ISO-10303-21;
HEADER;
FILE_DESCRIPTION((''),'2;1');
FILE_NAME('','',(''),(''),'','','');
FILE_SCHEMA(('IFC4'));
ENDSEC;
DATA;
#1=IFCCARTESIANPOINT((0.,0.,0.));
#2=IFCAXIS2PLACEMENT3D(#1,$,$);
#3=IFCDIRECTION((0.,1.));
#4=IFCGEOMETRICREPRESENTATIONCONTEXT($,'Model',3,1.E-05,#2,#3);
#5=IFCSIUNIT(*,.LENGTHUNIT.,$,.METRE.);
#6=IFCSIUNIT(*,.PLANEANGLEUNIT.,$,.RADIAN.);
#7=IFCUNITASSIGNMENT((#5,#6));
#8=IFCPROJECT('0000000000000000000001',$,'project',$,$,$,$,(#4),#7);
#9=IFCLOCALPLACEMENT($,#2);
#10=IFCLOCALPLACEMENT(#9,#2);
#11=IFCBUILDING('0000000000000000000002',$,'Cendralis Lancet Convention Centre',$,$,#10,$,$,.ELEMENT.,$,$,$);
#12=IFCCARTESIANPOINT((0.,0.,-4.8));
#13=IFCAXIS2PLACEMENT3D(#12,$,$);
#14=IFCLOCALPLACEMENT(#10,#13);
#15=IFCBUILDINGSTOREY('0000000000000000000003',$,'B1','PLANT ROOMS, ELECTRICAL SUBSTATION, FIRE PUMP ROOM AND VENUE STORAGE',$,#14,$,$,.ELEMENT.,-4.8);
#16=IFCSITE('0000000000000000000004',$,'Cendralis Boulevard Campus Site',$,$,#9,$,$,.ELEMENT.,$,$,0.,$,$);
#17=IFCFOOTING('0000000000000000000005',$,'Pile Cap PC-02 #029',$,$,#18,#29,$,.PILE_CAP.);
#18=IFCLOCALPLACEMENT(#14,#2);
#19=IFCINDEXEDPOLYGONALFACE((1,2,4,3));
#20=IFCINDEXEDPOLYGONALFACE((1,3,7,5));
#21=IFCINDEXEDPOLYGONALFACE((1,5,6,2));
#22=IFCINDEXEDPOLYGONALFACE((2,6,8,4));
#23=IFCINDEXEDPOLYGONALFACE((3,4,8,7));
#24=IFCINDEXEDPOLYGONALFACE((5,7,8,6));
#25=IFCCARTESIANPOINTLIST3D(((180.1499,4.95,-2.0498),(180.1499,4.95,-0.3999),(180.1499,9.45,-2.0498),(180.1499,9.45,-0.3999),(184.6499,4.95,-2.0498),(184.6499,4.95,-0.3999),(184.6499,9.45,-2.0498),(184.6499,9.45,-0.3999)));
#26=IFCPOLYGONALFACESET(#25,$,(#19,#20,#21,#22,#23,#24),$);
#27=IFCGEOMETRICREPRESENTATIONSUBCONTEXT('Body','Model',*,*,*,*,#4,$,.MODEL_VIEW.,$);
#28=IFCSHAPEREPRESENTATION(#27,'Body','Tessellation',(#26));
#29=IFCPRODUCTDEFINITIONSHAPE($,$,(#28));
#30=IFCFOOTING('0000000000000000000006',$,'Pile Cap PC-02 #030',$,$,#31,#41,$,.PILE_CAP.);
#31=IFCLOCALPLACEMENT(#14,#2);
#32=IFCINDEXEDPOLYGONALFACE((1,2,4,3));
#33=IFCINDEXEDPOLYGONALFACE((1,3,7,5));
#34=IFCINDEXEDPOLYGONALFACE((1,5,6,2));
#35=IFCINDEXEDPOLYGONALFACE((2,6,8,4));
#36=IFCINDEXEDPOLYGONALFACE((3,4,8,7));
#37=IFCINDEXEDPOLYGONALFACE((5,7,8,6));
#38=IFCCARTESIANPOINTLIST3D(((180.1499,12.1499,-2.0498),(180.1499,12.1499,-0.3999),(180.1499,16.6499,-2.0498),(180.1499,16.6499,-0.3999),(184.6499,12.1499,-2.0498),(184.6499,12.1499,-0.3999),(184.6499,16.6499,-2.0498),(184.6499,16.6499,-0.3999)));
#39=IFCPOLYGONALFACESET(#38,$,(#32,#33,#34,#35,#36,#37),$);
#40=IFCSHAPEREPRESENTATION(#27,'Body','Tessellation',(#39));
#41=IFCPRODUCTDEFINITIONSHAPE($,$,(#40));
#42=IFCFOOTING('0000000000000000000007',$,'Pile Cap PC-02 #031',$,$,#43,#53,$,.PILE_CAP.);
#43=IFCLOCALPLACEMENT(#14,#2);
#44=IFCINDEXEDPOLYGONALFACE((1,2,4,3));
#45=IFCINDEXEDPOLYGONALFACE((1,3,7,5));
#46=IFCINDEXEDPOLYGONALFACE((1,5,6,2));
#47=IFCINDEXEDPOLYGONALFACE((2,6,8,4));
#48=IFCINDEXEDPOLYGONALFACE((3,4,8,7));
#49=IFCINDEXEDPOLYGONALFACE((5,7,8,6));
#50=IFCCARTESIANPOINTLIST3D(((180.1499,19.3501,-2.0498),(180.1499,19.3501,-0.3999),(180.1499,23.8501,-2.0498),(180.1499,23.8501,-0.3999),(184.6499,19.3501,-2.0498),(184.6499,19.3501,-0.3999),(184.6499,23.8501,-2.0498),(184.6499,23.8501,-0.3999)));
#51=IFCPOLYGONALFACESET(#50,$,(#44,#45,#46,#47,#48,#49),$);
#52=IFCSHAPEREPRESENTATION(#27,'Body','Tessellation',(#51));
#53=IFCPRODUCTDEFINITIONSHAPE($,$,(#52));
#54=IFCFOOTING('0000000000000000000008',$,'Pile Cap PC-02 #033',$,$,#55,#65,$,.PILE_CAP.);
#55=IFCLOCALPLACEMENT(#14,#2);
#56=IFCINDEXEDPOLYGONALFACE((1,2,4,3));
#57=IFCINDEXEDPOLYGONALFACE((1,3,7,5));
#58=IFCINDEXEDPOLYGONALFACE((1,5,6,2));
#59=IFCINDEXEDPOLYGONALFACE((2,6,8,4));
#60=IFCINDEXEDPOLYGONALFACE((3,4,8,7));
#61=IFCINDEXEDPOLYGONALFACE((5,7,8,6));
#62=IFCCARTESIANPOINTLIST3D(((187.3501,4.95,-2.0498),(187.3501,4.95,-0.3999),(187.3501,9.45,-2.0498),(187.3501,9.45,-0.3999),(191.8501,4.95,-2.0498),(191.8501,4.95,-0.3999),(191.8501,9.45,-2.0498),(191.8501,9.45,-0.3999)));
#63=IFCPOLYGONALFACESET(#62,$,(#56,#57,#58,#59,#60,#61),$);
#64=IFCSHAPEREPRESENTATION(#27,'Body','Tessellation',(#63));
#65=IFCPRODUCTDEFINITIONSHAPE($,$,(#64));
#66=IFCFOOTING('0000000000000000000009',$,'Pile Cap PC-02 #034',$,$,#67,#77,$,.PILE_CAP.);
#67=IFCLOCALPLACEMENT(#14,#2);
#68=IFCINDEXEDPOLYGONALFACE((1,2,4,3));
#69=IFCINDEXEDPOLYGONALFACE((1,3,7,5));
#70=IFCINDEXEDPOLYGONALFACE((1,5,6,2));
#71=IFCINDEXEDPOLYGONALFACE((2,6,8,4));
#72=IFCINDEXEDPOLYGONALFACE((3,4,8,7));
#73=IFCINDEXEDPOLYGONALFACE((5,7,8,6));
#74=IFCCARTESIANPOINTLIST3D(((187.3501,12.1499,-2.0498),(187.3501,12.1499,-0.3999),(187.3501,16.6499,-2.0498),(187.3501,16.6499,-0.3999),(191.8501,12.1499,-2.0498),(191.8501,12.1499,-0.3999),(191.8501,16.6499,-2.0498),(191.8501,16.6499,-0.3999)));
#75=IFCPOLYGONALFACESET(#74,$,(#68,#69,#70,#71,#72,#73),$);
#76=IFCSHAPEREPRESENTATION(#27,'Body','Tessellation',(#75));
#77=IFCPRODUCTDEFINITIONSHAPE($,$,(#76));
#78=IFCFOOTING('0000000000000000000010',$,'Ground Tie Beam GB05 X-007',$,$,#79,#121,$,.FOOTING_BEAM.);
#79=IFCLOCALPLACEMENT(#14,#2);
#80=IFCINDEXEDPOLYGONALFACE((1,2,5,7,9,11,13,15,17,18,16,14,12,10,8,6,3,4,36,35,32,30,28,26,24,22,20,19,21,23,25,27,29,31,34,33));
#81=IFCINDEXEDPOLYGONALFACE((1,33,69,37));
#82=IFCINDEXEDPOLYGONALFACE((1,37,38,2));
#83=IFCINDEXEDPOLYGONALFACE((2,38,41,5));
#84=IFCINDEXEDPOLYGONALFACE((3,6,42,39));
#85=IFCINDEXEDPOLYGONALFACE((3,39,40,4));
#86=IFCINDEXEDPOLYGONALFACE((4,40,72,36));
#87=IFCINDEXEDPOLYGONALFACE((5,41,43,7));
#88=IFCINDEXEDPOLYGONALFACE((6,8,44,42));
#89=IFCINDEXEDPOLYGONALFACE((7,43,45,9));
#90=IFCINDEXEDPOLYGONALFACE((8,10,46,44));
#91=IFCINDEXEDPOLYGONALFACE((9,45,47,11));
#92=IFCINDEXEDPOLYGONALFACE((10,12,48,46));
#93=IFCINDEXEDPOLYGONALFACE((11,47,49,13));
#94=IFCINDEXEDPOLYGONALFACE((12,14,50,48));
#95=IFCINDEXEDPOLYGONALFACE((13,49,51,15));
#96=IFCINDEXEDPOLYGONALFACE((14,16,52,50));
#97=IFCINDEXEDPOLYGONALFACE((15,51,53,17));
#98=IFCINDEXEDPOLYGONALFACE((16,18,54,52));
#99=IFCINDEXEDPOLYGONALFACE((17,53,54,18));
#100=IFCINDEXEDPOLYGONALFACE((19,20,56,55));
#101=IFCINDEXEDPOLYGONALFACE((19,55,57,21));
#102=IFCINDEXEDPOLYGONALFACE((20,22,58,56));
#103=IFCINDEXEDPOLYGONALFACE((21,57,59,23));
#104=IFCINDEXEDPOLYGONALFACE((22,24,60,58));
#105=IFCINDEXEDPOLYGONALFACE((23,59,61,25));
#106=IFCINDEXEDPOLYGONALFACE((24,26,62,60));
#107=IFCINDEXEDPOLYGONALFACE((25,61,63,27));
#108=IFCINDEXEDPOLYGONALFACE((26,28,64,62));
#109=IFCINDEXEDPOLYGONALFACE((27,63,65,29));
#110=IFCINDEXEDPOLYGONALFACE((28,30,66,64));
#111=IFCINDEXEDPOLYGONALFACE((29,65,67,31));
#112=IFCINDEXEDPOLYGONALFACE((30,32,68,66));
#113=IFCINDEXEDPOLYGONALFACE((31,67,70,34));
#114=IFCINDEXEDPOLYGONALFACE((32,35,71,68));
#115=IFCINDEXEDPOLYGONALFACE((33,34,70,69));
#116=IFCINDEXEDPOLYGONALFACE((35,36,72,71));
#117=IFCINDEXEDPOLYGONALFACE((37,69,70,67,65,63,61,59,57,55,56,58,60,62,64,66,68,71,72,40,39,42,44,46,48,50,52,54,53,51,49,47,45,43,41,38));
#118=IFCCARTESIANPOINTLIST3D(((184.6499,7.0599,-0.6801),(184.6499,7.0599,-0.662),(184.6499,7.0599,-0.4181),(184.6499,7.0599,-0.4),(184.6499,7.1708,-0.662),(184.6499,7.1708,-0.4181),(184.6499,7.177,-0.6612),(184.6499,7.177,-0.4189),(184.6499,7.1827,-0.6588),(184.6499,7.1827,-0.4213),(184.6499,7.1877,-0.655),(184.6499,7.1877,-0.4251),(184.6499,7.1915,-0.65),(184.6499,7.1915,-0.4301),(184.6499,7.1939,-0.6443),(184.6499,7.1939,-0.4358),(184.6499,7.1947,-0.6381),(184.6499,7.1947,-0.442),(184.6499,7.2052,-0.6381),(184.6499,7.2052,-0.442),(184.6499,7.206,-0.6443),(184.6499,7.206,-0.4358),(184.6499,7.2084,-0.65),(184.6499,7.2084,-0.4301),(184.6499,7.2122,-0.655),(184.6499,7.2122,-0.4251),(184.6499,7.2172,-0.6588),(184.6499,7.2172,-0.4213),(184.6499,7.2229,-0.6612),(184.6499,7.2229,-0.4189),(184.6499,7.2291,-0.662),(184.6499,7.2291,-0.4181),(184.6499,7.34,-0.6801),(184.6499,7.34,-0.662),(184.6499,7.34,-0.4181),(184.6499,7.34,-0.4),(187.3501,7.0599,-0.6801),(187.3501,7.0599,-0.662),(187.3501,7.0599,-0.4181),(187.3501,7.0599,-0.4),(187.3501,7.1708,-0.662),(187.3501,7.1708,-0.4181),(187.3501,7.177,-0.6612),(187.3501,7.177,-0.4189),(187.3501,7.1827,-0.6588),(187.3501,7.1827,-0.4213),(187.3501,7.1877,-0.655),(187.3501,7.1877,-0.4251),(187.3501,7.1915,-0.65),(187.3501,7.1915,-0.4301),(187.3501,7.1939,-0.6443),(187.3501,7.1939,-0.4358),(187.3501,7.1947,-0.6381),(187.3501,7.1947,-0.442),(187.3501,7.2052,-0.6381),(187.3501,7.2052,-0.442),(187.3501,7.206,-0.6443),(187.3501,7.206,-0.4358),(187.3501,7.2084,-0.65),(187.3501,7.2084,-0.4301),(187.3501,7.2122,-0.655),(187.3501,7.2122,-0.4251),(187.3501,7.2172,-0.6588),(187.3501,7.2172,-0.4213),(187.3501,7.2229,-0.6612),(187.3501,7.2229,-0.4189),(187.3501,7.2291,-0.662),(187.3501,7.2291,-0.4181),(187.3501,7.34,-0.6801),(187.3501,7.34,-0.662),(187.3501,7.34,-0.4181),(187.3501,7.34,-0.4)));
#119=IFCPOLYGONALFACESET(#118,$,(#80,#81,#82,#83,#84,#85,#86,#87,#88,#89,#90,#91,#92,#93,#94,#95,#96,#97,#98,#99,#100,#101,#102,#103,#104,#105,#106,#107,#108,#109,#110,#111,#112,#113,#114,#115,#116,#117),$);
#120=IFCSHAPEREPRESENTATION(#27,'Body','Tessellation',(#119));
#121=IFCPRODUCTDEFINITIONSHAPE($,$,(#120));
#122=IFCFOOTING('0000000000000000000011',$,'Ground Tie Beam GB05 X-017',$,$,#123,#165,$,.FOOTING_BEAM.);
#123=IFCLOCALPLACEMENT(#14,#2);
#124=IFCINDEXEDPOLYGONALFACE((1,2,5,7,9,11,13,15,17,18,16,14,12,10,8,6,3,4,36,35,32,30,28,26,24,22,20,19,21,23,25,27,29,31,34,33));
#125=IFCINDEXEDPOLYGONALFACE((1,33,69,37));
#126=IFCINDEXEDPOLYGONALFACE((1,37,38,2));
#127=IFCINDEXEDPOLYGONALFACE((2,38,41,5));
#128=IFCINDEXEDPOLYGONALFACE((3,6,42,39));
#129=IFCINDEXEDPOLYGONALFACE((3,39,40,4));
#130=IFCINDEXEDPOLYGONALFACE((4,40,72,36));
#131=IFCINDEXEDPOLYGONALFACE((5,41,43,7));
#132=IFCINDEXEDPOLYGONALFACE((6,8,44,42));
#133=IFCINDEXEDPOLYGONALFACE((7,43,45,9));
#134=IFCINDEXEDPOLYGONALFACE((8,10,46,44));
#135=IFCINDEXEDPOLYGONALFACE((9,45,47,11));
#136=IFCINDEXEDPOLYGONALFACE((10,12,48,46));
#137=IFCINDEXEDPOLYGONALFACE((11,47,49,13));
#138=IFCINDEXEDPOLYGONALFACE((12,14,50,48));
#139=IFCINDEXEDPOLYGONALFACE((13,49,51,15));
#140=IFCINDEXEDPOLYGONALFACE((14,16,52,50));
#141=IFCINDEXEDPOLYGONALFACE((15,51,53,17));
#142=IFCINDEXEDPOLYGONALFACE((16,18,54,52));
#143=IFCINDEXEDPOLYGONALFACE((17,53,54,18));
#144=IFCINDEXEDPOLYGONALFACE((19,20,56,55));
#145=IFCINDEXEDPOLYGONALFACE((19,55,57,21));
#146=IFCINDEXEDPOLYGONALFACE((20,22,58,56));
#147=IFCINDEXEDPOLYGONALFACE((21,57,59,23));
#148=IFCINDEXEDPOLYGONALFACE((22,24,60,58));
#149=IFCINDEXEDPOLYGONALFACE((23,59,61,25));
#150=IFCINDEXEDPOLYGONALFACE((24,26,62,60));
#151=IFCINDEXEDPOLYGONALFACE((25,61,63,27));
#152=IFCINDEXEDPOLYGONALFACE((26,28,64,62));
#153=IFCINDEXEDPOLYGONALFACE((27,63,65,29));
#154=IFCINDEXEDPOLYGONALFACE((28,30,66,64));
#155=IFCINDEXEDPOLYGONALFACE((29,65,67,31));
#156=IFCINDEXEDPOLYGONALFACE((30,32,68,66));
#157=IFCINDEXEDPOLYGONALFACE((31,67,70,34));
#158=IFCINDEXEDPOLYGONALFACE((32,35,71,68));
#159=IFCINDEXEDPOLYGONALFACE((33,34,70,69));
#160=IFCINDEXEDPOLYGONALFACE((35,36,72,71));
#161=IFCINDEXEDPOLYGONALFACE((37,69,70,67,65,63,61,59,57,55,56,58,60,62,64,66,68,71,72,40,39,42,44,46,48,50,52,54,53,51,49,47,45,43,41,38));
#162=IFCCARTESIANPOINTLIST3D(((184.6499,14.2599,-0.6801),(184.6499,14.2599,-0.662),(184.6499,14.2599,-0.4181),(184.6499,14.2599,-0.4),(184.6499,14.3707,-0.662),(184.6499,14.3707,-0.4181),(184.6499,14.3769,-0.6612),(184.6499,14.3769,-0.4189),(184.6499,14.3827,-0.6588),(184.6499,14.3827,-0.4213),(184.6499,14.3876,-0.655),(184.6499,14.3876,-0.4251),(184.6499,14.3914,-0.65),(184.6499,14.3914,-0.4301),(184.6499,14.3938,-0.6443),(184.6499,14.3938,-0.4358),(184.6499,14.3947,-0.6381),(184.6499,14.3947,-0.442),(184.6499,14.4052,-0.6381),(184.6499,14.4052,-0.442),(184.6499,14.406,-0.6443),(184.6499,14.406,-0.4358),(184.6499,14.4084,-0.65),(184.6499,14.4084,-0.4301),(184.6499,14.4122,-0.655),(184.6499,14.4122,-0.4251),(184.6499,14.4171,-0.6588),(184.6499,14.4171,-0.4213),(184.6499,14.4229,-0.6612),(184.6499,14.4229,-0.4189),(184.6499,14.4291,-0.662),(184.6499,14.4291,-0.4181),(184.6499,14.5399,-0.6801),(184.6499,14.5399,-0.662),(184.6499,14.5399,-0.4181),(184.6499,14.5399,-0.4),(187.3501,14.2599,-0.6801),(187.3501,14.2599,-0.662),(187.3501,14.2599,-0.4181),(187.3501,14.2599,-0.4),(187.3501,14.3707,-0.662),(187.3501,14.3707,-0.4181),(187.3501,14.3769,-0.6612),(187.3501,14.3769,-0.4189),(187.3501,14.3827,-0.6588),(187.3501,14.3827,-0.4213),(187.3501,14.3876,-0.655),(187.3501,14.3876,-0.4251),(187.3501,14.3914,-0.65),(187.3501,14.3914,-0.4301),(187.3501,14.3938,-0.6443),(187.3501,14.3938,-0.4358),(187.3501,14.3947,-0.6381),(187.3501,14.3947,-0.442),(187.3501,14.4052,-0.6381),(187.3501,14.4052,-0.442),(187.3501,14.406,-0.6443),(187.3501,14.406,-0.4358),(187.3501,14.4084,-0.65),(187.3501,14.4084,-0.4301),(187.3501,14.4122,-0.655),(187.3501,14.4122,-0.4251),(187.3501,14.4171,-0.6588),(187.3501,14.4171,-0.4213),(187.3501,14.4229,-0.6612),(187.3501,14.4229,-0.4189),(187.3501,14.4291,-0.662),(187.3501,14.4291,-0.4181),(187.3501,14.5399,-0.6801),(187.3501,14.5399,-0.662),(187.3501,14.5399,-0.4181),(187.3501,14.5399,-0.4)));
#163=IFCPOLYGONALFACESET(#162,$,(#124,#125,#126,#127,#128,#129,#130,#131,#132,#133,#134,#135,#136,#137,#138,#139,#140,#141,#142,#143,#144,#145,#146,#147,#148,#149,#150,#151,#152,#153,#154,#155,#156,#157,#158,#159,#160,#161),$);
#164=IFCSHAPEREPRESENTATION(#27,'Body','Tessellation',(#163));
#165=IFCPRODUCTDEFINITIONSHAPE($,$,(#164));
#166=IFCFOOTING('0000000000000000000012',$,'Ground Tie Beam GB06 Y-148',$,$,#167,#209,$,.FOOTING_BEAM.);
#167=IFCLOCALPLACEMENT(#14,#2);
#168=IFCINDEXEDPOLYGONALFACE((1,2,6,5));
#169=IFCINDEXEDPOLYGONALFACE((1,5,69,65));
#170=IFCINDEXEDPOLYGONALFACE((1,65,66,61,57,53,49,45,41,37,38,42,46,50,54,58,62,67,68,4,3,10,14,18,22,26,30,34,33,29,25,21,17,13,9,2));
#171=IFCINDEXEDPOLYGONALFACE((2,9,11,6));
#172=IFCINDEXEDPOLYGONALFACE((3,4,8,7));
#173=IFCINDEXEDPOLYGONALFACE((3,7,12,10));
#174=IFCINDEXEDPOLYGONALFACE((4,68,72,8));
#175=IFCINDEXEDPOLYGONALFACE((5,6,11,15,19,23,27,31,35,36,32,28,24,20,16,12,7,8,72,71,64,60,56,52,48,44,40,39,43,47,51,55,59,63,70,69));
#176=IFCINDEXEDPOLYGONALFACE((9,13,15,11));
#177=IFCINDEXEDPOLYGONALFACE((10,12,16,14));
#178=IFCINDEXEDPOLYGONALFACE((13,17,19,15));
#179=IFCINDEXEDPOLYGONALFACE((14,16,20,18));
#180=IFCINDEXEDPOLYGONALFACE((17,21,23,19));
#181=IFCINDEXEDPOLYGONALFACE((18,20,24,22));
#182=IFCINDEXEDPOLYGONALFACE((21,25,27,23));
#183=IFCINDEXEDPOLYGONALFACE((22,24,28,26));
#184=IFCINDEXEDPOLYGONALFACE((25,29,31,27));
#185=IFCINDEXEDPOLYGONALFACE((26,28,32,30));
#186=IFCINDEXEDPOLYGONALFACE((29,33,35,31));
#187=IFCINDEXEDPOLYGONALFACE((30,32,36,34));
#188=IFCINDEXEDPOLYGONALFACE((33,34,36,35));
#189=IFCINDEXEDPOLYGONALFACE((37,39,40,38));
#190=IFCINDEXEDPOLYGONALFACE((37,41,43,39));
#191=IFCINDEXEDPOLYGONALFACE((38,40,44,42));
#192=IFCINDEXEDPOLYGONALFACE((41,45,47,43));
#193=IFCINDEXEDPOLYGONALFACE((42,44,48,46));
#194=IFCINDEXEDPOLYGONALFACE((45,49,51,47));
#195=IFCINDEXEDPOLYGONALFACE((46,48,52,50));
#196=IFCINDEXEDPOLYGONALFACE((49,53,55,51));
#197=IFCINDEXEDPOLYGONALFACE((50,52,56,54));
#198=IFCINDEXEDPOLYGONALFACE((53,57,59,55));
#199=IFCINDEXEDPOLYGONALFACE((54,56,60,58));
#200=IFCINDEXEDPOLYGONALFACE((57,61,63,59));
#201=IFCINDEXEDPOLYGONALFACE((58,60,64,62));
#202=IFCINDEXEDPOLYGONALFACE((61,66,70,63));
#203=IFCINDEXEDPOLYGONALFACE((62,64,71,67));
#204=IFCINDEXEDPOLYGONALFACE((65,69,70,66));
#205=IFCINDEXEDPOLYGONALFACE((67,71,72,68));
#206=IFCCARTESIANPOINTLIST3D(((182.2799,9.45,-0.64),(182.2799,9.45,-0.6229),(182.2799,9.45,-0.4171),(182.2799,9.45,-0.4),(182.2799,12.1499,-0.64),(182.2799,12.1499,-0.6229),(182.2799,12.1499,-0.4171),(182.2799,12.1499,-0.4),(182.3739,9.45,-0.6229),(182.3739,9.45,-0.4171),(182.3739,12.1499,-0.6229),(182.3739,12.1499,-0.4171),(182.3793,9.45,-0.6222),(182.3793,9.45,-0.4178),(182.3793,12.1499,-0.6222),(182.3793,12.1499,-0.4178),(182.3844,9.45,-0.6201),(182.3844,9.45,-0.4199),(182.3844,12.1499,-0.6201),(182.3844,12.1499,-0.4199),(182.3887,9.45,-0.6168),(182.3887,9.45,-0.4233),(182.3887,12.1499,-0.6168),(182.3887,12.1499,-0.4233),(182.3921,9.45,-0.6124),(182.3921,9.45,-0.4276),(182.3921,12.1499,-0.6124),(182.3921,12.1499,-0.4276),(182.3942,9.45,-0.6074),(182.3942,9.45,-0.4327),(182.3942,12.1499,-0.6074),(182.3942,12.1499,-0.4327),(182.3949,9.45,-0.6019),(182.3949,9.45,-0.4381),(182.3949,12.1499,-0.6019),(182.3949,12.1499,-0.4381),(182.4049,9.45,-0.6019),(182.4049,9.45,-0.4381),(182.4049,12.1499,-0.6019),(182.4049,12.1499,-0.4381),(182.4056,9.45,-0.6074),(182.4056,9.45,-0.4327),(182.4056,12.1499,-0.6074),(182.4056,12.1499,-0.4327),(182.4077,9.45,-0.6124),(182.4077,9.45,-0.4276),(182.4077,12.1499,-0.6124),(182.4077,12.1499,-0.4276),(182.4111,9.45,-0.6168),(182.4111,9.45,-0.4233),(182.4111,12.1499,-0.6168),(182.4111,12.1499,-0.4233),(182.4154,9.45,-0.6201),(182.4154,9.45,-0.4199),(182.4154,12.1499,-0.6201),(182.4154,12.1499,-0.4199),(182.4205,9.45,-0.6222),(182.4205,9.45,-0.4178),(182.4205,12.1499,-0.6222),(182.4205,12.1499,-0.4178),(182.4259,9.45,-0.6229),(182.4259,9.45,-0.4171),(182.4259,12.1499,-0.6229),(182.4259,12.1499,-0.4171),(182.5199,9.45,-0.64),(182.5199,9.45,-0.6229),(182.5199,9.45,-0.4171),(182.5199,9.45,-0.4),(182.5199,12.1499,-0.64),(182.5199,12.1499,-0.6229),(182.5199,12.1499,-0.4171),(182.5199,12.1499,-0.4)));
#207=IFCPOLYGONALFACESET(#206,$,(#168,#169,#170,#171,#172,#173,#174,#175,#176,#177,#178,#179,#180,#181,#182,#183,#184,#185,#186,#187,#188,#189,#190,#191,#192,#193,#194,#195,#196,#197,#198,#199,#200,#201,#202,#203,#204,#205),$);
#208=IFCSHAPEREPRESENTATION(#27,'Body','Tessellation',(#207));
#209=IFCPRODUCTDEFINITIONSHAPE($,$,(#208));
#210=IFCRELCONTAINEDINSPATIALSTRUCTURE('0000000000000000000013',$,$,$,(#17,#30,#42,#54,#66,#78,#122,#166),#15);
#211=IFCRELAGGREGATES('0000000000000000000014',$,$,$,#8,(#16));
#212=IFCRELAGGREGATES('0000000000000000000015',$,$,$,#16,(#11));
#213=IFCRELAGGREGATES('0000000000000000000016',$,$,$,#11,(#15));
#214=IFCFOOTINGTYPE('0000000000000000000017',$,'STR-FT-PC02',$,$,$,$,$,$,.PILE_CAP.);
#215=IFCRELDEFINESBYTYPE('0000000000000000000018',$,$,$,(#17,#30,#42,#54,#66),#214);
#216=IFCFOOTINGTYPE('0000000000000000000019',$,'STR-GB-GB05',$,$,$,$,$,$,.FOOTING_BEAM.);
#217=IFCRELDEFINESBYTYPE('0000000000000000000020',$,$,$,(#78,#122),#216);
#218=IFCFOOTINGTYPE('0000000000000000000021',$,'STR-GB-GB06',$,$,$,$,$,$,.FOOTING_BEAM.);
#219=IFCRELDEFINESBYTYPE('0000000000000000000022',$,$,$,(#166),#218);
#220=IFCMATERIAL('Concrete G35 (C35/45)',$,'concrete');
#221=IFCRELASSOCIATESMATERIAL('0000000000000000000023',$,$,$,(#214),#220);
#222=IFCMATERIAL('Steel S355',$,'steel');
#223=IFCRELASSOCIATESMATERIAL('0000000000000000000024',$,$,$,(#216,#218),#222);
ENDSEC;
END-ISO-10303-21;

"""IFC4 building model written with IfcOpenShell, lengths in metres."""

from ifc_helpers import new_model, si_unit, direction, frame, origin, origin_2d, place, context, subcontext, project, spatial, rectangle, i_section, extrude, material, material_profile, profile_set, type_object, element, save


model = new_model("IFC4")

# Units and contexts
model_context = context("Model", 3, precision=1e-05, world=origin(), true_north=direction((0.0, 1.0)))
body_context = subcontext(model_context, "Body", "Model", "MODEL_VIEW")
ifc_project = project(units=[si_unit("LENGTHUNIT", "METRE"), si_unit("PLANEANGLEUNIT", "RADIAN")], contexts=[model_context])

# Site, building, storey
site_placement = place(None, origin())
site = spatial("IfcSite", under=ifc_project, at=site_placement, Name="Cendralis Boulevard Campus Site", CompositionType="ELEMENT", RefElevation=0.0)
building_placement = place(site_placement, origin())
building = spatial("IfcBuilding", under=site, at=building_placement, Name="Cendralis Lancet Convention Centre", CompositionType="ELEMENT")
storey_placement = place(building_placement, frame((0.0, 0.0, -4.8)))
storey = spatial("IfcBuildingStorey", under=building, at=storey_placement, Name="B1", Description="PLANT ROOMS, ELECTRICAL SUBSTATION, FIRE PUMP ROOM AND VENUE STORAGE", CompositionType="ELEMENT", Elevation=-4.8)

# Footings
ifc_material_1 = material(Name="Concrete G35 (C35/45)", Category="concrete")
footing_type_1 = type_object("IfcFootingType", Name="STR-FT-PC02", PredefinedType="PILE_CAP", material=ifc_material_1)
for number, where, z_axis, x_axis, name in (
    (1, (182.3999, 7.2, -2.0498), (0.0, 0.0, 1.0), (1.0, 0.0, 0.0), "Pile Cap PC-02 #029"),
    (2, (182.3999, 14.3999, -2.0498), (0.0, 0.0, 1.0), (1.0, 0.0, 0.0), "Pile Cap PC-02 #030"),
    (3, (182.3999, 21.6001, -2.0498), (0.0, 0.0, 1.0), (1.0, 0.0, 0.0), "Pile Cap PC-02 #031"),
    (4, (189.6001, 7.2, -2.0498), (0.0, 0.0, 1.0), (1.0, 0.0, 0.0), "Pile Cap PC-02 #033"),
    (5, (189.6001, 14.3999, -2.0498), (0.0, 0.0, 1.0), (1.0, 0.0, 0.0), "Pile Cap PC-02 #034"),
):
    element("IfcFooting", number, at=place(storey_placement, frame(where, z_axis=z_axis, x_axis=x_axis)), inside=storey, type_object=footing_type_1, Name=name, PredefinedType="PILE_CAP", context=body_context, shape_type="SweptSolid", body=[
        extrude(rectangle(XDim=4.5, YDim=4.5, at=origin_2d()), origin(), (0.0, 0.0, 1.0), 1.6499),
    ])
ifc_material_2 = material(Name="Steel S355", Category="steel")
ifc_material_profile_1 = material_profile(ifc_material_2, i_section(OverallWidth=0.28, OverallDepth=0.28, WebThickness=0.0105, FlangeThickness=0.0181, FilletRadius=0.0239, at=origin_2d()), Name="HEB 280")
ifc_profile_set_1 = profile_set([ifc_material_profile_1], Name="Steel S355")
footing_type_2 = type_object("IfcFootingType", Name="STR-GB-GB05", PredefinedType="FOOTING_BEAM", material=ifc_profile_set_1)
for number, where, z_axis, x_axis, name in (
    (6, (184.6499, 7.2, -0.54), (1.0, 0.0, 0.0), (0.0, 1.0, 0.0), "Ground Tie Beam GB05 X-007"),
    (7, (184.6499, 14.3999, -0.54), (1.0, 0.0, 0.0), (0.0, 1.0, 0.0), "Ground Tie Beam GB05 X-017"),
):
    element("IfcFooting", number, at=place(storey_placement, frame(where, z_axis=z_axis, x_axis=x_axis)), inside=storey, type_object=footing_type_2, Name=name, PredefinedType="FOOTING_BEAM", context=body_context, shape_type="SweptSolid", body=[
        extrude(i_section(OverallWidth=0.28, OverallDepth=0.28, WebThickness=0.0105, FlangeThickness=0.0181, FilletRadius=0.0239, at=origin_2d()), origin(), (0.0, 0.0, 1.0), 2.7002),
    ])
ifc_material_profile_2 = material_profile(ifc_material_2, i_section(OverallWidth=0.24, OverallDepth=0.24, WebThickness=0.01, FlangeThickness=0.0171, FilletRadius=0.021, at=origin_2d()), Name="HEB 240")
ifc_profile_set_2 = profile_set([ifc_material_profile_2], Name="Steel S355")
footing_type_3 = type_object("IfcFootingType", Name="STR-GB-GB06", PredefinedType="FOOTING_BEAM", material=ifc_profile_set_2)
footing_1_placement = place(storey_placement, frame((182.3999, 9.45, -0.52), z_axis=(0.0, 1.0, 0.0), x_axis=(-1.0, 0.0, 0.0)))
element("IfcFooting", 8, at=footing_1_placement, inside=storey, type_object=footing_type_3, Name="Ground Tie Beam GB06 Y-148", PredefinedType="FOOTING_BEAM", context=body_context, shape_type="SweptSolid", body=[
    extrude(i_section(OverallWidth=0.24, OverallDepth=0.24, WebThickness=0.01, FlangeThickness=0.0171, FilletRadius=0.021, at=origin_2d()), origin(), (0.0, 0.0, 1.0), 2.7),
])

save(model, "model.ifc")
